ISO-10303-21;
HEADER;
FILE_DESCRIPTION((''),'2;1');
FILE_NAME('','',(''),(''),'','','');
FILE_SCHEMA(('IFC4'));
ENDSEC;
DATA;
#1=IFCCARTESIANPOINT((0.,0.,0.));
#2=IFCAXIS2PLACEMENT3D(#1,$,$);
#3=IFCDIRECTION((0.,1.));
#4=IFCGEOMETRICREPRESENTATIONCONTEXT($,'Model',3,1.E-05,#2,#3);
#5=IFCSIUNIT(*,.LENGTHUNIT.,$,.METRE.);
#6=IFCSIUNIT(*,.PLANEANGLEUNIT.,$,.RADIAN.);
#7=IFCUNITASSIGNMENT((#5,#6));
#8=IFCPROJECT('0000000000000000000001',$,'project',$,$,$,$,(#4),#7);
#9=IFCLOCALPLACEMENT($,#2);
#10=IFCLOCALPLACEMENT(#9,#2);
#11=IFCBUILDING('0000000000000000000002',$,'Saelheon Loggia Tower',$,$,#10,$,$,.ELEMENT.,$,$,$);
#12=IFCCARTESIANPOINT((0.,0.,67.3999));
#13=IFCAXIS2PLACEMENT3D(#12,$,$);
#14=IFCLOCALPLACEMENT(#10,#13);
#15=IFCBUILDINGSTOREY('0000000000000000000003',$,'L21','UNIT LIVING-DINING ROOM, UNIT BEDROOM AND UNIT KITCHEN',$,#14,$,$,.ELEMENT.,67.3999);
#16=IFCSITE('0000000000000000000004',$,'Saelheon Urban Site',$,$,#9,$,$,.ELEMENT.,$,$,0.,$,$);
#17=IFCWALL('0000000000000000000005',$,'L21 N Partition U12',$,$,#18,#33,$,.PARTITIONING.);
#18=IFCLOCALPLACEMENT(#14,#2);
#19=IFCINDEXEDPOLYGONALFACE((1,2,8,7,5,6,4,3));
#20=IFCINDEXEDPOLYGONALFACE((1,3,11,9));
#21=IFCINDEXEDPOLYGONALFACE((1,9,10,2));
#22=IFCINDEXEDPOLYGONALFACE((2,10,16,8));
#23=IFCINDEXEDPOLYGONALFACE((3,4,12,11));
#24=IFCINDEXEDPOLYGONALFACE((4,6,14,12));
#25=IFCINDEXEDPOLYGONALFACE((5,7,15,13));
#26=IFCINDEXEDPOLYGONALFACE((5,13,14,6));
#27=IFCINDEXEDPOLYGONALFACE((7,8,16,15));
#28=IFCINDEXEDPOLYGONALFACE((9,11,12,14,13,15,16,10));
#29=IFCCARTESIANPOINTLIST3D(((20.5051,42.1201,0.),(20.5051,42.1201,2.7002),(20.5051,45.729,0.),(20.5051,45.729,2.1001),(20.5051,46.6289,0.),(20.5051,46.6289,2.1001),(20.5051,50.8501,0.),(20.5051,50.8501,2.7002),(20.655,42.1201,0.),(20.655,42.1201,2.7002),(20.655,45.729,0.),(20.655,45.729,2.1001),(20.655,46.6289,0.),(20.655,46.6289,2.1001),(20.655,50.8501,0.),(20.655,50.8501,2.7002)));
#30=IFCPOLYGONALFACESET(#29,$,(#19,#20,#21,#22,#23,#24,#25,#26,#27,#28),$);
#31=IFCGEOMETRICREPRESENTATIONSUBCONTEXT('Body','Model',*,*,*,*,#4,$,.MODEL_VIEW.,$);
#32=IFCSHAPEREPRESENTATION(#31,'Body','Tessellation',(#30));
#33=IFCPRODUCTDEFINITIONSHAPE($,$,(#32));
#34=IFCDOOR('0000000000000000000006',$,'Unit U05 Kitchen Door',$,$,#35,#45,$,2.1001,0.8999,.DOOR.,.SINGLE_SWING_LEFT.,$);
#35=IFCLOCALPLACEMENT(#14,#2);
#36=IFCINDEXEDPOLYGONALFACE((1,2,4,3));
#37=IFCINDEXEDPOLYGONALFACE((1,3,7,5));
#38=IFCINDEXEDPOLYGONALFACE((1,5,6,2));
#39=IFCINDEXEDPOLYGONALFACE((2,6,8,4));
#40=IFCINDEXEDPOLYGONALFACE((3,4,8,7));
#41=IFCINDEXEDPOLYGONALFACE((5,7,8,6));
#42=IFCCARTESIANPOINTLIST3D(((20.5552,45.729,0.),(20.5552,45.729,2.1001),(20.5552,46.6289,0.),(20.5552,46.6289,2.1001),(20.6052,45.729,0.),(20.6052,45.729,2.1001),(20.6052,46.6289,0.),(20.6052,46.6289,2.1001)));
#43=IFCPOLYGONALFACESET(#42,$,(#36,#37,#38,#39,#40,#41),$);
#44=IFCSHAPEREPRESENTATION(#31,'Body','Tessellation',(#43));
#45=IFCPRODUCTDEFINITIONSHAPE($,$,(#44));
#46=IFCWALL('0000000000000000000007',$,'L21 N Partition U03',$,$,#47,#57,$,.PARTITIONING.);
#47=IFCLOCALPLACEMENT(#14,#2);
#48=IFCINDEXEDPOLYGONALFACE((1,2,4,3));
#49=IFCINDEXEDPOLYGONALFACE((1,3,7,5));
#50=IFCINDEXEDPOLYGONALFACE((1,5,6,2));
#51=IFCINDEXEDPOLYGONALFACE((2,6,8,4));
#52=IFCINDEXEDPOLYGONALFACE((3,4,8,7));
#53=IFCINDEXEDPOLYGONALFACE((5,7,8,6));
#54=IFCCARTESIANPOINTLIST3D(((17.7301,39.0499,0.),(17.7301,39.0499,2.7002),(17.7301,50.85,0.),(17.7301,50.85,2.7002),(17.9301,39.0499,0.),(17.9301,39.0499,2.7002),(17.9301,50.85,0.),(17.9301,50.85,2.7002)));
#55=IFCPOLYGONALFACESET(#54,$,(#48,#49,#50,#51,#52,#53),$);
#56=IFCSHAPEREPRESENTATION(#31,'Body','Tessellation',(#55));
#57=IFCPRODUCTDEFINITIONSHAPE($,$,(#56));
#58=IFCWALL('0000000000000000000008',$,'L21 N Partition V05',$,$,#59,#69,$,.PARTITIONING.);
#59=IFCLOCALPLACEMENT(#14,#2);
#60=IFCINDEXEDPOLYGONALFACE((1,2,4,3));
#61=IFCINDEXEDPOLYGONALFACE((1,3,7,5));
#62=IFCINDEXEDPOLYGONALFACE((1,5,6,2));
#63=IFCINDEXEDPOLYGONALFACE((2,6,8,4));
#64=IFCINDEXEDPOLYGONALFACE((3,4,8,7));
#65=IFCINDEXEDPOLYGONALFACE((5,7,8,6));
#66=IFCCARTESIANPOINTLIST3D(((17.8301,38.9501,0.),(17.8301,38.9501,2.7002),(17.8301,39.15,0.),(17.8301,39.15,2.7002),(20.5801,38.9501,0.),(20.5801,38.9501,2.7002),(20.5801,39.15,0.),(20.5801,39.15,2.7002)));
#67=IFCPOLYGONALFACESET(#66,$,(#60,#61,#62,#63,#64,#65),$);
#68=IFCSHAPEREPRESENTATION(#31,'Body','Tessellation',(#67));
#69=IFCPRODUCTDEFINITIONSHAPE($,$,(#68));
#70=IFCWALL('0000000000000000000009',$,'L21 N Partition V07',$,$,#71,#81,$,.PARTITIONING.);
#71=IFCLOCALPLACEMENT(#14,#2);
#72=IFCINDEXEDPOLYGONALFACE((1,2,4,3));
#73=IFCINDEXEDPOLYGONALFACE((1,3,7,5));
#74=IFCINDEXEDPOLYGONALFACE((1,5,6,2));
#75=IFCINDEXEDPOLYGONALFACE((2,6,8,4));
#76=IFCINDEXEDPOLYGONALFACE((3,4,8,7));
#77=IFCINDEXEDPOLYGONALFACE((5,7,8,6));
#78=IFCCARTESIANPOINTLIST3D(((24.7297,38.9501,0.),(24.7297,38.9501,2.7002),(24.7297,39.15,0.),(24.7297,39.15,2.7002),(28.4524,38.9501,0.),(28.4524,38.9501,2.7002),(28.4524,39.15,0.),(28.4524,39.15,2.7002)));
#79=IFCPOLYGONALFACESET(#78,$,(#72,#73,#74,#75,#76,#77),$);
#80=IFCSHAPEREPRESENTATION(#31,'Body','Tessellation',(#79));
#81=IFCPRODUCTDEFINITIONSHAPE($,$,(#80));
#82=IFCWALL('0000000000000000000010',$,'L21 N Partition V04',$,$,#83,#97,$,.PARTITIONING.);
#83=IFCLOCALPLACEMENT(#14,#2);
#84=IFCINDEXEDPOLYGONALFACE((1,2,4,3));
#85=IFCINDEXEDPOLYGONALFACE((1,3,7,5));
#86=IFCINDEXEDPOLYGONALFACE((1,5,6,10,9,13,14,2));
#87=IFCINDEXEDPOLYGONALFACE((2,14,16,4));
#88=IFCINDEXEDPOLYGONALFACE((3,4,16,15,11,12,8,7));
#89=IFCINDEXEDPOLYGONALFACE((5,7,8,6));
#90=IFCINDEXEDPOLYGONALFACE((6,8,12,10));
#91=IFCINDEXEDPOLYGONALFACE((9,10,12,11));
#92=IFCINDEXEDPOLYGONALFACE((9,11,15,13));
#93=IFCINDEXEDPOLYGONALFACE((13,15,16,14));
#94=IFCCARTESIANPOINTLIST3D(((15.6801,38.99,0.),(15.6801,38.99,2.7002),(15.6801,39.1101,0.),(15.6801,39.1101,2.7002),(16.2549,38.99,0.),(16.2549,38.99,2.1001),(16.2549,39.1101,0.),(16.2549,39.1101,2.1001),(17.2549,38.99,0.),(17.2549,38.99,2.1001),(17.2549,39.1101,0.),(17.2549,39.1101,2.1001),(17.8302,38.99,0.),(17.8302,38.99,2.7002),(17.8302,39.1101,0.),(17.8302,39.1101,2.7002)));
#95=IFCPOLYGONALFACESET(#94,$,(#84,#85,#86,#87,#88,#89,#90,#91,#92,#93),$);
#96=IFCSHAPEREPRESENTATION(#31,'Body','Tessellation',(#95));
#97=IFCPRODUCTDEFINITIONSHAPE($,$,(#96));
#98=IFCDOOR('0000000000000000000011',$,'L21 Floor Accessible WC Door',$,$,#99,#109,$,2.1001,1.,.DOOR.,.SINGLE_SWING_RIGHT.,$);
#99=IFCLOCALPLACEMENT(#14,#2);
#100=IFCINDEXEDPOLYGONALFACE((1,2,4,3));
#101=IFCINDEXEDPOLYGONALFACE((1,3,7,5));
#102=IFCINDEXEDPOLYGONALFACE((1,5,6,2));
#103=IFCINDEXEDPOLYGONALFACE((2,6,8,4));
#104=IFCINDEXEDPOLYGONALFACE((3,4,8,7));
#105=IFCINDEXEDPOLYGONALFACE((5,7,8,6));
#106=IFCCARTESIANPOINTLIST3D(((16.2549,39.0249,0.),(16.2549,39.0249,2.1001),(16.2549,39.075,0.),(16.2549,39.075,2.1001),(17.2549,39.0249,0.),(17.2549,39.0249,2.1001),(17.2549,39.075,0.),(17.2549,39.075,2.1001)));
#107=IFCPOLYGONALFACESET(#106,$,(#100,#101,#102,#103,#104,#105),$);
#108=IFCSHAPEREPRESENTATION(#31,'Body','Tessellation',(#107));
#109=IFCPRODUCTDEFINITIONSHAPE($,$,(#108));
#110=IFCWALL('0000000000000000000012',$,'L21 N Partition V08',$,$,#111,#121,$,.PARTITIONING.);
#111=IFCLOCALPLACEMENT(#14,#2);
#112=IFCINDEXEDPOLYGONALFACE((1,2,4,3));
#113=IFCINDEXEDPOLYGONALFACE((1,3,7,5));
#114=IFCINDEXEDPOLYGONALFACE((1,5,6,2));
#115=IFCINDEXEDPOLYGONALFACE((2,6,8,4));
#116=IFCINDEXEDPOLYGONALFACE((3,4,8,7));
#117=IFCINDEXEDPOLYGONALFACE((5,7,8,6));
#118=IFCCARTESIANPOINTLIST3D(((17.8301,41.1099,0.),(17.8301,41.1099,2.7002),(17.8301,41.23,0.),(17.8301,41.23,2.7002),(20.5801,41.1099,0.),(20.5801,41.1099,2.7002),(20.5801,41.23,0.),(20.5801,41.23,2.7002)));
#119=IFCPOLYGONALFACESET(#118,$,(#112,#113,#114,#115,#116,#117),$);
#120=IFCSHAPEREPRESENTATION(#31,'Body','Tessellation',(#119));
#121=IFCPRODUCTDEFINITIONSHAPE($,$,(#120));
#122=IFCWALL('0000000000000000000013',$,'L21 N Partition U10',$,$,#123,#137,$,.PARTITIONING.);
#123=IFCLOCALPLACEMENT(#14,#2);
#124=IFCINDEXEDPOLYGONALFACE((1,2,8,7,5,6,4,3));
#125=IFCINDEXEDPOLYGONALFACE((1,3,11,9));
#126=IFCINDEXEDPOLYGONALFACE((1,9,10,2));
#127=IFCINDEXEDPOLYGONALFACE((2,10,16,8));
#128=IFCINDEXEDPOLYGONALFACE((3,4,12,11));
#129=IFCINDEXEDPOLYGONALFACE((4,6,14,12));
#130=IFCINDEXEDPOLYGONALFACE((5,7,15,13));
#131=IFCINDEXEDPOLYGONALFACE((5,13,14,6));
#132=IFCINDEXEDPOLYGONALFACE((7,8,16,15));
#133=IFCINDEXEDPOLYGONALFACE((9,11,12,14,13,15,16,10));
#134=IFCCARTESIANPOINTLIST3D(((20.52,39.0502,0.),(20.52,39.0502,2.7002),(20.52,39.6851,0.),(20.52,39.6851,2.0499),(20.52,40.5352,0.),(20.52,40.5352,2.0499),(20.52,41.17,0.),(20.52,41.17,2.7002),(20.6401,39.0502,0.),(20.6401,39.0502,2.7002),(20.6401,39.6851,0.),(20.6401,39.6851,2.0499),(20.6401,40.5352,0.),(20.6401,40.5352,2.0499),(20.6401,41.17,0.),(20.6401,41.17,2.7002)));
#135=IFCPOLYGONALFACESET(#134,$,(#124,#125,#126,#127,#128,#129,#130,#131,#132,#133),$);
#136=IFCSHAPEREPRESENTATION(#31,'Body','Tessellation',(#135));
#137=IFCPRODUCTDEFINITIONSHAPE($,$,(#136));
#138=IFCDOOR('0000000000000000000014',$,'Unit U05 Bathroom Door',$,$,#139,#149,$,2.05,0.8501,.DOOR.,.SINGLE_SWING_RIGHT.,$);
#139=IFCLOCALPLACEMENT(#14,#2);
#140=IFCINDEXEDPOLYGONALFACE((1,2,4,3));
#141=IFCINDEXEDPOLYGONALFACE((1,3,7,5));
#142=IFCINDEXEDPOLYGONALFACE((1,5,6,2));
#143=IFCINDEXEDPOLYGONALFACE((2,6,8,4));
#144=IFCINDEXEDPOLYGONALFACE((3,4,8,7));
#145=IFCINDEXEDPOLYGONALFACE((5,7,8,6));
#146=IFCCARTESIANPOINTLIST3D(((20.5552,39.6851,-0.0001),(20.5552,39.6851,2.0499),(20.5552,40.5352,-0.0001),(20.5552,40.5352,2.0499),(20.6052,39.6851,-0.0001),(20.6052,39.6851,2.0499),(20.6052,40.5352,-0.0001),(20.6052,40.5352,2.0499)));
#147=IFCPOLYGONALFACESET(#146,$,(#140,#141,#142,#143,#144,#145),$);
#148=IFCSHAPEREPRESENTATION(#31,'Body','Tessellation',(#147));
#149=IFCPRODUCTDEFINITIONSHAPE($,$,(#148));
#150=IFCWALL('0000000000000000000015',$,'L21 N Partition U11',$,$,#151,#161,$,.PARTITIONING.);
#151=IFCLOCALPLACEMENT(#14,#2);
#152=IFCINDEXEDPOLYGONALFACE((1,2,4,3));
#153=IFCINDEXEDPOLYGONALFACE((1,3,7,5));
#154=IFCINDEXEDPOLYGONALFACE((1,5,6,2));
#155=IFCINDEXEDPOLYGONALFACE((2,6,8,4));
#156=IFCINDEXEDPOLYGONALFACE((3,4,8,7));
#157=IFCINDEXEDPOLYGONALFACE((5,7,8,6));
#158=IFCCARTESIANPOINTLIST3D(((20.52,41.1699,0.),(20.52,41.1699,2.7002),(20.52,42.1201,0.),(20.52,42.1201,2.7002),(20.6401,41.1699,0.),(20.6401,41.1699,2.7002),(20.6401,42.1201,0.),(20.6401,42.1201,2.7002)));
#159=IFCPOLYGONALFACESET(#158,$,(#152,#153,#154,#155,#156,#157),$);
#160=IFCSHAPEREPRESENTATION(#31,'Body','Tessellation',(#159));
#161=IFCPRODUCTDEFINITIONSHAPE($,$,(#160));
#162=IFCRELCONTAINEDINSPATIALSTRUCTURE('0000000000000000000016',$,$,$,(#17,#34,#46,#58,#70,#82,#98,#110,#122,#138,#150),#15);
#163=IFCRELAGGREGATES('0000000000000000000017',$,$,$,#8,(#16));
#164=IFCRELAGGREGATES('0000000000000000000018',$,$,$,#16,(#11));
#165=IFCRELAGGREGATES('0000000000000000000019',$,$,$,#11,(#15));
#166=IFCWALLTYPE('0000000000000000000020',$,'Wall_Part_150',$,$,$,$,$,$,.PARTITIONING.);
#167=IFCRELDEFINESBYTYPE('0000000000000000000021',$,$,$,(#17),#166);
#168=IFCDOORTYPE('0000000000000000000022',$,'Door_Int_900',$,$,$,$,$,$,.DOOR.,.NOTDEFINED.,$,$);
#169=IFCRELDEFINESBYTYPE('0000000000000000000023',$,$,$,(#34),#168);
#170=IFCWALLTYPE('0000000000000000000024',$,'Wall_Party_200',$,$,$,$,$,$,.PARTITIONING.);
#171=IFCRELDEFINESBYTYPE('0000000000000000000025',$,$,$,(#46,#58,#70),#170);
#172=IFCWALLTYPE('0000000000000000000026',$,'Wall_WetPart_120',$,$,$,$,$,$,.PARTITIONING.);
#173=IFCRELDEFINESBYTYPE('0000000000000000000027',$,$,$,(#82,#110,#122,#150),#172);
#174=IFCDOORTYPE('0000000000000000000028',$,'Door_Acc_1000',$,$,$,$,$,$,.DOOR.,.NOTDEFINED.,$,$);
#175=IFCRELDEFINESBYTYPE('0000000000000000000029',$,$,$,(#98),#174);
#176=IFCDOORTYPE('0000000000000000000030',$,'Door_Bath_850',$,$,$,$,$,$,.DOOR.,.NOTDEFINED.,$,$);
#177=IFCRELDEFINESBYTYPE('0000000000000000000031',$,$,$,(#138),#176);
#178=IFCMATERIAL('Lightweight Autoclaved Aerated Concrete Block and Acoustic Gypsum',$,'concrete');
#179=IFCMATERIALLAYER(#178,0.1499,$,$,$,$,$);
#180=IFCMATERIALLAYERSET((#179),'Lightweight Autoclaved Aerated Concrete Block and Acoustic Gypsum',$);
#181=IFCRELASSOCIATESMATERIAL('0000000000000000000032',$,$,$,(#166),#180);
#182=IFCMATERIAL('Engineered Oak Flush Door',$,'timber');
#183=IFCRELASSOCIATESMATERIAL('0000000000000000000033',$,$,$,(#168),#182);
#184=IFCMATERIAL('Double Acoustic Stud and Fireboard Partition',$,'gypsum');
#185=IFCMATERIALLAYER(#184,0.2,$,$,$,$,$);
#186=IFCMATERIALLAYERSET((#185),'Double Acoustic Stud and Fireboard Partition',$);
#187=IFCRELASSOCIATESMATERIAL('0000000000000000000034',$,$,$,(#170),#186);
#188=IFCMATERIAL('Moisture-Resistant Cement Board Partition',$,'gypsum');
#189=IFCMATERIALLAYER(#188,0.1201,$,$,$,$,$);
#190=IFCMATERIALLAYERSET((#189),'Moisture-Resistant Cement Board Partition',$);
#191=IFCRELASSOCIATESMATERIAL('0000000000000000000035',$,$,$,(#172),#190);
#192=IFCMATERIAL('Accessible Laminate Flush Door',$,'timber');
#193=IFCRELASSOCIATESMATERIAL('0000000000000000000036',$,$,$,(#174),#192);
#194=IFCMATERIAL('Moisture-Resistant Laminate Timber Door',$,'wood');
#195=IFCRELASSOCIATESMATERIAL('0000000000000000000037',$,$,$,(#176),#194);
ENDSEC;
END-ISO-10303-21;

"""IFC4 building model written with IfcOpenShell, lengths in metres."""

from ifc_helpers import new_model, si_unit, direction, frame, frame_2d, origin, place, context, subcontext, project, spatial, rectangle, extrude, source, transform, mapped, material, layer, layer_set, type_object, element, fill, save


model = new_model("IFC4")

# Units and contexts
model_context = context("Model", 3, precision=1e-05, world=origin(), true_north=direction((0.0, 1.0)))
body_context = subcontext(model_context, "Body", "Model", "MODEL_VIEW")
ifc_project = project(units=[si_unit("LENGTHUNIT", "METRE"), si_unit("PLANEANGLEUNIT", "RADIAN")], contexts=[model_context])

# Site, building, storey
site_placement = place(None, origin())
site = spatial("IfcSite", under=ifc_project, at=site_placement, Name="Saelheon Urban Site", CompositionType="ELEMENT", RefElevation=0.0)
building_placement = place(site_placement, origin())
building = spatial("IfcBuilding", under=site, at=building_placement, Name="Saelheon Loggia Tower", CompositionType="ELEMENT")
storey_placement = place(building_placement, frame((0.0, 0.0, 67.3999)))
storey = spatial("IfcBuildingStorey", under=building, at=storey_placement, Name="L21", Description="UNIT LIVING-DINING ROOM, UNIT BEDROOM AND UNIT KITCHEN", CompositionType="ELEMENT", Elevation=67.3999)

# Wall, opening, door
ifc_material_1 = material(Name="Lightweight Autoclaved Aerated Concrete Block and Acoustic Gypsum", Category="concrete")
ifc_layer_1 = layer(ifc_material_1, 0.1499)
ifc_layer_set_1 = layer_set([ifc_layer_1], Name="Lightweight Autoclaved Aerated Concrete Block and Acoustic Gypsum")
wall_type_1 = type_object("IfcWallType", Name="Wall_Part_150", PredefinedType="PARTITIONING", material=ifc_layer_set_1)
wall_1_placement = place(storey_placement, frame((20.5801, 42.1201, 0.0), z_axis=(0.0, 0.0, 1.0), x_axis=(0.0, 1.0, 0.0)))
wall_1 = element("IfcWall", 1, at=wall_1_placement, inside=storey, type_object=wall_type_1, Name="L21 N Partition U12", PredefinedType="PARTITIONING", context=body_context, shape_type="SweptSolid", body=[
    extrude(rectangle(XDim=8.73, YDim=0.1499, at=frame_2d((4.365, 0.0))), origin(), (0.0, 0.0, 1.0), 2.7002),
])
opening_1_placement = place(wall_1_placement, frame((3.6089, 0.0, 0.0)))
opening_1 = element("IfcOpeningElement", 2, at=opening_1_placement, cuts=wall_1, PredefinedType="OPENING", context=body_context, shape_type="SweptSolid", body=[
    extrude(rectangle(XDim=0.8999, YDim=2.1001, at=frame_2d((0.45, 1.05))), frame((0.0, 0.0869, 0.0), z_axis=(0.0, -1.0, 0.0), x_axis=(1.0, 0.0, 0.0)), (0.0, 0.0, 1.0), 0.1738),
])
ifc_material_2 = material(Name="Engineered Oak Flush Door", Category="timber")
door_type_1 = type_object("IfcDoorType", Name="Door_Int_900", OperationType="NOTDEFINED", PredefinedType="DOOR", material=ifc_material_2)
shared_shape_1 = source(origin(), body_context, "Body", "SweptSolid", [
    extrude(rectangle(XDim=0.8999, YDim=2.1001, at=frame_2d((0.45, 1.05))), frame((0.0, 0.0249, 0.0), z_axis=(0.0, -1.0, 0.0), x_axis=(1.0, 0.0, 0.0)), (0.0, 0.0, 1.0), 0.05),
])
door_1_placement = place(opening_1_placement, origin())
door_1 = element("IfcDoor", 3, at=door_1_placement, inside=storey, type_object=door_type_1, Name="Unit U05 Kitchen Door", OperationType="SINGLE_SWING_LEFT", OverallHeight=2.1001, OverallWidth=0.8999, PredefinedType="DOOR", context=body_context, shape_type="MappedRepresentation", body=[
    mapped(shared_shape_1, transform((0.0, 0.0, 0.0), scale=1.0)),
])
fill(opening_1, door_1)

# Walls
ifc_material_3 = material(Name="Double Acoustic Stud and Fireboard Partition", Category="gypsum")
ifc_layer_2 = layer(ifc_material_3, 0.2)
ifc_layer_set_2 = layer_set([ifc_layer_2], Name="Double Acoustic Stud and Fireboard Partition")
wall_type_2 = type_object("IfcWallType", Name="Wall_Party_200", PredefinedType="PARTITIONING", material=ifc_layer_set_2)
wall_2_placement = place(storey_placement, frame((17.8301, 39.05, 0.0), z_axis=(0.0, 0.0, 1.0), x_axis=(0.0, 1.0, 0.0)))
element("IfcWall", 4, at=wall_2_placement, inside=storey, type_object=wall_type_2, Name="L21 N Partition U03", PredefinedType="PARTITIONING", context=body_context, shape_type="SweptSolid", body=[
    extrude(rectangle(XDim=11.8, YDim=0.2, at=frame_2d((5.8999, 0.0))), origin(), (0.0, 0.0, 1.0), 2.7002),
])
wall_3_placement = place(storey_placement, frame((17.8301, 39.05, 0.0), z_axis=(0.0, 0.0, 1.0), x_axis=(1.0, 0.0, 0.0)))
element("IfcWall", 5, at=wall_3_placement, inside=storey, type_object=wall_type_2, Name="L21 N Partition V05", PredefinedType="PARTITIONING", context=body_context, shape_type="SweptSolid", body=[
    extrude(rectangle(XDim=2.75, YDim=0.2, at=frame_2d((1.375, 0.0))), origin(), (0.0, 0.0, 1.0), 2.7002),
])

# Wall
wall_4_placement = place(storey_placement, frame((24.7297, 39.05, 0.0), z_axis=(0.0, 0.0, 1.0), x_axis=(1.0, 0.0, 0.0)))
element("IfcWall", 6, at=wall_4_placement, inside=storey, type_object=wall_type_2, Name="L21 N Partition V07", PredefinedType="PARTITIONING", context=body_context, shape_type="SweptSolid", body=[
    extrude(rectangle(XDim=3.7227, YDim=0.2, at=frame_2d((1.8613, 0.0))), origin(), (0.0, 0.0, 1.0), 2.7002),
])

# Wall, opening, door
ifc_material_4 = material(Name="Moisture-Resistant Cement Board Partition", Category="gypsum")
ifc_layer_3 = layer(ifc_material_4, 0.1201)
ifc_layer_set_3 = layer_set([ifc_layer_3], Name="Moisture-Resistant Cement Board Partition")
wall_type_3 = type_object("IfcWallType", Name="Wall_WetPart_120", PredefinedType="PARTITIONING", material=ifc_layer_set_3)
wall_5_placement = place(storey_placement, frame((15.6799, 39.05, 0.0), z_axis=(0.0, 0.0, 1.0), x_axis=(1.0, 0.0, 0.0)))
wall_5 = element("IfcWall", 7, at=wall_5_placement, inside=storey, type_object=wall_type_3, Name="L21 N Partition V04", PredefinedType="PARTITIONING", context=body_context, shape_type="SweptSolid", body=[
    extrude(rectangle(XDim=2.1501, YDim=0.1201, at=frame_2d((1.0752, 0.0))), origin(), (0.0, 0.0, 1.0), 2.7002),
])
opening_2_placement = place(wall_5_placement, frame((0.575, 0.0, 0.0)))
opening_2 = element("IfcOpeningElement", 8, at=opening_2_placement, cuts=wall_5, PredefinedType="OPENING", context=body_context, shape_type="SweptSolid", body=[
    extrude(rectangle(XDim=1.0, YDim=2.1001, at=frame_2d((0.5, 1.05))), frame((0.0, 0.072, 0.0), z_axis=(0.0, -1.0, 0.0), x_axis=(1.0, 0.0, 0.0)), (0.0, 0.0, 1.0), 0.144),
])
ifc_material_5 = material(Name="Accessible Laminate Flush Door", Category="timber")
door_type_2 = type_object("IfcDoorType", Name="Door_Acc_1000", OperationType="NOTDEFINED", PredefinedType="DOOR", material=ifc_material_5)
shared_shape_2 = source(origin(), body_context, "Body", "SweptSolid", [
    extrude(rectangle(XDim=1.0, YDim=2.1001, at=frame_2d((0.5, 1.05))), frame((0.0, 0.0249, 0.0), z_axis=(0.0, -1.0, 0.0), x_axis=(1.0, 0.0, 0.0)), (0.0, 0.0, 1.0), 0.05),
])
door_2_placement = place(opening_2_placement, origin())
door_2 = element("IfcDoor", 9, at=door_2_placement, inside=storey, type_object=door_type_2, Name="L21 Floor Accessible WC Door", OperationType="SINGLE_SWING_RIGHT", OverallHeight=2.1001, OverallWidth=1.0, PredefinedType="DOOR", context=body_context, shape_type="MappedRepresentation", body=[
    mapped(shared_shape_2, transform((0.0, 0.0, 0.0), scale=1.0)),
])
fill(opening_2, door_2)

# Wall
wall_6_placement = place(storey_placement, frame((17.8301, 41.1699, 0.0), z_axis=(0.0, 0.0, 1.0), x_axis=(1.0, 0.0, 0.0)))
element("IfcWall", 10, at=wall_6_placement, inside=storey, type_object=wall_type_3, Name="L21 N Partition V08", PredefinedType="PARTITIONING", context=body_context, shape_type="SweptSolid", body=[
    extrude(rectangle(XDim=2.75, YDim=0.1201, at=frame_2d((1.375, 0.0))), origin(), (0.0, 0.0, 1.0), 2.7002),
])

# Wall, opening, door
wall_7_placement = place(storey_placement, frame((20.5801, 39.05, 0.0), z_axis=(0.0, 0.0, 1.0), x_axis=(0.0, 1.0, 0.0)))
wall_7 = element("IfcWall", 11, at=wall_7_placement, inside=storey, type_object=wall_type_3, Name="L21 N Partition U10", PredefinedType="PARTITIONING", context=body_context, shape_type="SweptSolid", body=[
    extrude(rectangle(XDim=2.1199, YDim=0.1201, at=frame_2d((1.0601, 0.0))), origin(), (0.0, 0.0, 1.0), 2.7002),
])
opening_3_placement = place(wall_7_placement, frame((0.635, 0.0, 0.0)))
opening_3 = element("IfcOpeningElement", 12, at=opening_3_placement, cuts=wall_7, PredefinedType="OPENING", context=body_context, shape_type="SweptSolid", body=[
    extrude(rectangle(XDim=0.8501, YDim=2.05, at=frame_2d((0.425, 1.0249))), frame((0.0, 0.072, 0.0), z_axis=(0.0, -1.0, 0.0), x_axis=(1.0, 0.0, 0.0)), (0.0, 0.0, 1.0), 0.144),
])
ifc_material_6 = material(Name="Moisture-Resistant Laminate Timber Door", Category="wood")
door_type_3 = type_object("IfcDoorType", Name="Door_Bath_850", OperationType="NOTDEFINED", PredefinedType="DOOR", material=ifc_material_6)
shared_shape_3 = source(origin(), body_context, "Body", "SweptSolid", [
    extrude(rectangle(XDim=0.8501, YDim=2.05, at=frame_2d((0.425, 1.0249))), frame((0.0, 0.0249, 0.0), z_axis=(0.0, -1.0, 0.0), x_axis=(1.0, 0.0, 0.0)), (0.0, 0.0, 1.0), 0.05),
])
door_3_placement = place(opening_3_placement, origin())
door_3 = element("IfcDoor", 13, at=door_3_placement, inside=storey, type_object=door_type_3, Name="Unit U05 Bathroom Door", OperationType="SINGLE_SWING_RIGHT", OverallHeight=2.05, OverallWidth=0.8501, PredefinedType="DOOR", context=body_context, shape_type="MappedRepresentation", body=[
    mapped(shared_shape_3, transform((0.0, 0.0, 0.0), scale=1.0)),
])
fill(opening_3, door_3)

# Wall
wall_8_placement = place(storey_placement, frame((20.5801, 41.1699, 0.0), z_axis=(0.0, 0.0, 1.0), x_axis=(0.0, 1.0, 0.0)))
element("IfcWall", 14, at=wall_8_placement, inside=storey, type_object=wall_type_3, Name="L21 N Partition U11", PredefinedType="PARTITIONING", context=body_context, shape_type="SweptSolid", body=[
    extrude(rectangle(XDim=0.9502, YDim=0.1201, at=frame_2d((0.4751, 0.0))), origin(), (0.0, 0.0, 1.0), 2.7002),
])

save(model, "model.ifc")
